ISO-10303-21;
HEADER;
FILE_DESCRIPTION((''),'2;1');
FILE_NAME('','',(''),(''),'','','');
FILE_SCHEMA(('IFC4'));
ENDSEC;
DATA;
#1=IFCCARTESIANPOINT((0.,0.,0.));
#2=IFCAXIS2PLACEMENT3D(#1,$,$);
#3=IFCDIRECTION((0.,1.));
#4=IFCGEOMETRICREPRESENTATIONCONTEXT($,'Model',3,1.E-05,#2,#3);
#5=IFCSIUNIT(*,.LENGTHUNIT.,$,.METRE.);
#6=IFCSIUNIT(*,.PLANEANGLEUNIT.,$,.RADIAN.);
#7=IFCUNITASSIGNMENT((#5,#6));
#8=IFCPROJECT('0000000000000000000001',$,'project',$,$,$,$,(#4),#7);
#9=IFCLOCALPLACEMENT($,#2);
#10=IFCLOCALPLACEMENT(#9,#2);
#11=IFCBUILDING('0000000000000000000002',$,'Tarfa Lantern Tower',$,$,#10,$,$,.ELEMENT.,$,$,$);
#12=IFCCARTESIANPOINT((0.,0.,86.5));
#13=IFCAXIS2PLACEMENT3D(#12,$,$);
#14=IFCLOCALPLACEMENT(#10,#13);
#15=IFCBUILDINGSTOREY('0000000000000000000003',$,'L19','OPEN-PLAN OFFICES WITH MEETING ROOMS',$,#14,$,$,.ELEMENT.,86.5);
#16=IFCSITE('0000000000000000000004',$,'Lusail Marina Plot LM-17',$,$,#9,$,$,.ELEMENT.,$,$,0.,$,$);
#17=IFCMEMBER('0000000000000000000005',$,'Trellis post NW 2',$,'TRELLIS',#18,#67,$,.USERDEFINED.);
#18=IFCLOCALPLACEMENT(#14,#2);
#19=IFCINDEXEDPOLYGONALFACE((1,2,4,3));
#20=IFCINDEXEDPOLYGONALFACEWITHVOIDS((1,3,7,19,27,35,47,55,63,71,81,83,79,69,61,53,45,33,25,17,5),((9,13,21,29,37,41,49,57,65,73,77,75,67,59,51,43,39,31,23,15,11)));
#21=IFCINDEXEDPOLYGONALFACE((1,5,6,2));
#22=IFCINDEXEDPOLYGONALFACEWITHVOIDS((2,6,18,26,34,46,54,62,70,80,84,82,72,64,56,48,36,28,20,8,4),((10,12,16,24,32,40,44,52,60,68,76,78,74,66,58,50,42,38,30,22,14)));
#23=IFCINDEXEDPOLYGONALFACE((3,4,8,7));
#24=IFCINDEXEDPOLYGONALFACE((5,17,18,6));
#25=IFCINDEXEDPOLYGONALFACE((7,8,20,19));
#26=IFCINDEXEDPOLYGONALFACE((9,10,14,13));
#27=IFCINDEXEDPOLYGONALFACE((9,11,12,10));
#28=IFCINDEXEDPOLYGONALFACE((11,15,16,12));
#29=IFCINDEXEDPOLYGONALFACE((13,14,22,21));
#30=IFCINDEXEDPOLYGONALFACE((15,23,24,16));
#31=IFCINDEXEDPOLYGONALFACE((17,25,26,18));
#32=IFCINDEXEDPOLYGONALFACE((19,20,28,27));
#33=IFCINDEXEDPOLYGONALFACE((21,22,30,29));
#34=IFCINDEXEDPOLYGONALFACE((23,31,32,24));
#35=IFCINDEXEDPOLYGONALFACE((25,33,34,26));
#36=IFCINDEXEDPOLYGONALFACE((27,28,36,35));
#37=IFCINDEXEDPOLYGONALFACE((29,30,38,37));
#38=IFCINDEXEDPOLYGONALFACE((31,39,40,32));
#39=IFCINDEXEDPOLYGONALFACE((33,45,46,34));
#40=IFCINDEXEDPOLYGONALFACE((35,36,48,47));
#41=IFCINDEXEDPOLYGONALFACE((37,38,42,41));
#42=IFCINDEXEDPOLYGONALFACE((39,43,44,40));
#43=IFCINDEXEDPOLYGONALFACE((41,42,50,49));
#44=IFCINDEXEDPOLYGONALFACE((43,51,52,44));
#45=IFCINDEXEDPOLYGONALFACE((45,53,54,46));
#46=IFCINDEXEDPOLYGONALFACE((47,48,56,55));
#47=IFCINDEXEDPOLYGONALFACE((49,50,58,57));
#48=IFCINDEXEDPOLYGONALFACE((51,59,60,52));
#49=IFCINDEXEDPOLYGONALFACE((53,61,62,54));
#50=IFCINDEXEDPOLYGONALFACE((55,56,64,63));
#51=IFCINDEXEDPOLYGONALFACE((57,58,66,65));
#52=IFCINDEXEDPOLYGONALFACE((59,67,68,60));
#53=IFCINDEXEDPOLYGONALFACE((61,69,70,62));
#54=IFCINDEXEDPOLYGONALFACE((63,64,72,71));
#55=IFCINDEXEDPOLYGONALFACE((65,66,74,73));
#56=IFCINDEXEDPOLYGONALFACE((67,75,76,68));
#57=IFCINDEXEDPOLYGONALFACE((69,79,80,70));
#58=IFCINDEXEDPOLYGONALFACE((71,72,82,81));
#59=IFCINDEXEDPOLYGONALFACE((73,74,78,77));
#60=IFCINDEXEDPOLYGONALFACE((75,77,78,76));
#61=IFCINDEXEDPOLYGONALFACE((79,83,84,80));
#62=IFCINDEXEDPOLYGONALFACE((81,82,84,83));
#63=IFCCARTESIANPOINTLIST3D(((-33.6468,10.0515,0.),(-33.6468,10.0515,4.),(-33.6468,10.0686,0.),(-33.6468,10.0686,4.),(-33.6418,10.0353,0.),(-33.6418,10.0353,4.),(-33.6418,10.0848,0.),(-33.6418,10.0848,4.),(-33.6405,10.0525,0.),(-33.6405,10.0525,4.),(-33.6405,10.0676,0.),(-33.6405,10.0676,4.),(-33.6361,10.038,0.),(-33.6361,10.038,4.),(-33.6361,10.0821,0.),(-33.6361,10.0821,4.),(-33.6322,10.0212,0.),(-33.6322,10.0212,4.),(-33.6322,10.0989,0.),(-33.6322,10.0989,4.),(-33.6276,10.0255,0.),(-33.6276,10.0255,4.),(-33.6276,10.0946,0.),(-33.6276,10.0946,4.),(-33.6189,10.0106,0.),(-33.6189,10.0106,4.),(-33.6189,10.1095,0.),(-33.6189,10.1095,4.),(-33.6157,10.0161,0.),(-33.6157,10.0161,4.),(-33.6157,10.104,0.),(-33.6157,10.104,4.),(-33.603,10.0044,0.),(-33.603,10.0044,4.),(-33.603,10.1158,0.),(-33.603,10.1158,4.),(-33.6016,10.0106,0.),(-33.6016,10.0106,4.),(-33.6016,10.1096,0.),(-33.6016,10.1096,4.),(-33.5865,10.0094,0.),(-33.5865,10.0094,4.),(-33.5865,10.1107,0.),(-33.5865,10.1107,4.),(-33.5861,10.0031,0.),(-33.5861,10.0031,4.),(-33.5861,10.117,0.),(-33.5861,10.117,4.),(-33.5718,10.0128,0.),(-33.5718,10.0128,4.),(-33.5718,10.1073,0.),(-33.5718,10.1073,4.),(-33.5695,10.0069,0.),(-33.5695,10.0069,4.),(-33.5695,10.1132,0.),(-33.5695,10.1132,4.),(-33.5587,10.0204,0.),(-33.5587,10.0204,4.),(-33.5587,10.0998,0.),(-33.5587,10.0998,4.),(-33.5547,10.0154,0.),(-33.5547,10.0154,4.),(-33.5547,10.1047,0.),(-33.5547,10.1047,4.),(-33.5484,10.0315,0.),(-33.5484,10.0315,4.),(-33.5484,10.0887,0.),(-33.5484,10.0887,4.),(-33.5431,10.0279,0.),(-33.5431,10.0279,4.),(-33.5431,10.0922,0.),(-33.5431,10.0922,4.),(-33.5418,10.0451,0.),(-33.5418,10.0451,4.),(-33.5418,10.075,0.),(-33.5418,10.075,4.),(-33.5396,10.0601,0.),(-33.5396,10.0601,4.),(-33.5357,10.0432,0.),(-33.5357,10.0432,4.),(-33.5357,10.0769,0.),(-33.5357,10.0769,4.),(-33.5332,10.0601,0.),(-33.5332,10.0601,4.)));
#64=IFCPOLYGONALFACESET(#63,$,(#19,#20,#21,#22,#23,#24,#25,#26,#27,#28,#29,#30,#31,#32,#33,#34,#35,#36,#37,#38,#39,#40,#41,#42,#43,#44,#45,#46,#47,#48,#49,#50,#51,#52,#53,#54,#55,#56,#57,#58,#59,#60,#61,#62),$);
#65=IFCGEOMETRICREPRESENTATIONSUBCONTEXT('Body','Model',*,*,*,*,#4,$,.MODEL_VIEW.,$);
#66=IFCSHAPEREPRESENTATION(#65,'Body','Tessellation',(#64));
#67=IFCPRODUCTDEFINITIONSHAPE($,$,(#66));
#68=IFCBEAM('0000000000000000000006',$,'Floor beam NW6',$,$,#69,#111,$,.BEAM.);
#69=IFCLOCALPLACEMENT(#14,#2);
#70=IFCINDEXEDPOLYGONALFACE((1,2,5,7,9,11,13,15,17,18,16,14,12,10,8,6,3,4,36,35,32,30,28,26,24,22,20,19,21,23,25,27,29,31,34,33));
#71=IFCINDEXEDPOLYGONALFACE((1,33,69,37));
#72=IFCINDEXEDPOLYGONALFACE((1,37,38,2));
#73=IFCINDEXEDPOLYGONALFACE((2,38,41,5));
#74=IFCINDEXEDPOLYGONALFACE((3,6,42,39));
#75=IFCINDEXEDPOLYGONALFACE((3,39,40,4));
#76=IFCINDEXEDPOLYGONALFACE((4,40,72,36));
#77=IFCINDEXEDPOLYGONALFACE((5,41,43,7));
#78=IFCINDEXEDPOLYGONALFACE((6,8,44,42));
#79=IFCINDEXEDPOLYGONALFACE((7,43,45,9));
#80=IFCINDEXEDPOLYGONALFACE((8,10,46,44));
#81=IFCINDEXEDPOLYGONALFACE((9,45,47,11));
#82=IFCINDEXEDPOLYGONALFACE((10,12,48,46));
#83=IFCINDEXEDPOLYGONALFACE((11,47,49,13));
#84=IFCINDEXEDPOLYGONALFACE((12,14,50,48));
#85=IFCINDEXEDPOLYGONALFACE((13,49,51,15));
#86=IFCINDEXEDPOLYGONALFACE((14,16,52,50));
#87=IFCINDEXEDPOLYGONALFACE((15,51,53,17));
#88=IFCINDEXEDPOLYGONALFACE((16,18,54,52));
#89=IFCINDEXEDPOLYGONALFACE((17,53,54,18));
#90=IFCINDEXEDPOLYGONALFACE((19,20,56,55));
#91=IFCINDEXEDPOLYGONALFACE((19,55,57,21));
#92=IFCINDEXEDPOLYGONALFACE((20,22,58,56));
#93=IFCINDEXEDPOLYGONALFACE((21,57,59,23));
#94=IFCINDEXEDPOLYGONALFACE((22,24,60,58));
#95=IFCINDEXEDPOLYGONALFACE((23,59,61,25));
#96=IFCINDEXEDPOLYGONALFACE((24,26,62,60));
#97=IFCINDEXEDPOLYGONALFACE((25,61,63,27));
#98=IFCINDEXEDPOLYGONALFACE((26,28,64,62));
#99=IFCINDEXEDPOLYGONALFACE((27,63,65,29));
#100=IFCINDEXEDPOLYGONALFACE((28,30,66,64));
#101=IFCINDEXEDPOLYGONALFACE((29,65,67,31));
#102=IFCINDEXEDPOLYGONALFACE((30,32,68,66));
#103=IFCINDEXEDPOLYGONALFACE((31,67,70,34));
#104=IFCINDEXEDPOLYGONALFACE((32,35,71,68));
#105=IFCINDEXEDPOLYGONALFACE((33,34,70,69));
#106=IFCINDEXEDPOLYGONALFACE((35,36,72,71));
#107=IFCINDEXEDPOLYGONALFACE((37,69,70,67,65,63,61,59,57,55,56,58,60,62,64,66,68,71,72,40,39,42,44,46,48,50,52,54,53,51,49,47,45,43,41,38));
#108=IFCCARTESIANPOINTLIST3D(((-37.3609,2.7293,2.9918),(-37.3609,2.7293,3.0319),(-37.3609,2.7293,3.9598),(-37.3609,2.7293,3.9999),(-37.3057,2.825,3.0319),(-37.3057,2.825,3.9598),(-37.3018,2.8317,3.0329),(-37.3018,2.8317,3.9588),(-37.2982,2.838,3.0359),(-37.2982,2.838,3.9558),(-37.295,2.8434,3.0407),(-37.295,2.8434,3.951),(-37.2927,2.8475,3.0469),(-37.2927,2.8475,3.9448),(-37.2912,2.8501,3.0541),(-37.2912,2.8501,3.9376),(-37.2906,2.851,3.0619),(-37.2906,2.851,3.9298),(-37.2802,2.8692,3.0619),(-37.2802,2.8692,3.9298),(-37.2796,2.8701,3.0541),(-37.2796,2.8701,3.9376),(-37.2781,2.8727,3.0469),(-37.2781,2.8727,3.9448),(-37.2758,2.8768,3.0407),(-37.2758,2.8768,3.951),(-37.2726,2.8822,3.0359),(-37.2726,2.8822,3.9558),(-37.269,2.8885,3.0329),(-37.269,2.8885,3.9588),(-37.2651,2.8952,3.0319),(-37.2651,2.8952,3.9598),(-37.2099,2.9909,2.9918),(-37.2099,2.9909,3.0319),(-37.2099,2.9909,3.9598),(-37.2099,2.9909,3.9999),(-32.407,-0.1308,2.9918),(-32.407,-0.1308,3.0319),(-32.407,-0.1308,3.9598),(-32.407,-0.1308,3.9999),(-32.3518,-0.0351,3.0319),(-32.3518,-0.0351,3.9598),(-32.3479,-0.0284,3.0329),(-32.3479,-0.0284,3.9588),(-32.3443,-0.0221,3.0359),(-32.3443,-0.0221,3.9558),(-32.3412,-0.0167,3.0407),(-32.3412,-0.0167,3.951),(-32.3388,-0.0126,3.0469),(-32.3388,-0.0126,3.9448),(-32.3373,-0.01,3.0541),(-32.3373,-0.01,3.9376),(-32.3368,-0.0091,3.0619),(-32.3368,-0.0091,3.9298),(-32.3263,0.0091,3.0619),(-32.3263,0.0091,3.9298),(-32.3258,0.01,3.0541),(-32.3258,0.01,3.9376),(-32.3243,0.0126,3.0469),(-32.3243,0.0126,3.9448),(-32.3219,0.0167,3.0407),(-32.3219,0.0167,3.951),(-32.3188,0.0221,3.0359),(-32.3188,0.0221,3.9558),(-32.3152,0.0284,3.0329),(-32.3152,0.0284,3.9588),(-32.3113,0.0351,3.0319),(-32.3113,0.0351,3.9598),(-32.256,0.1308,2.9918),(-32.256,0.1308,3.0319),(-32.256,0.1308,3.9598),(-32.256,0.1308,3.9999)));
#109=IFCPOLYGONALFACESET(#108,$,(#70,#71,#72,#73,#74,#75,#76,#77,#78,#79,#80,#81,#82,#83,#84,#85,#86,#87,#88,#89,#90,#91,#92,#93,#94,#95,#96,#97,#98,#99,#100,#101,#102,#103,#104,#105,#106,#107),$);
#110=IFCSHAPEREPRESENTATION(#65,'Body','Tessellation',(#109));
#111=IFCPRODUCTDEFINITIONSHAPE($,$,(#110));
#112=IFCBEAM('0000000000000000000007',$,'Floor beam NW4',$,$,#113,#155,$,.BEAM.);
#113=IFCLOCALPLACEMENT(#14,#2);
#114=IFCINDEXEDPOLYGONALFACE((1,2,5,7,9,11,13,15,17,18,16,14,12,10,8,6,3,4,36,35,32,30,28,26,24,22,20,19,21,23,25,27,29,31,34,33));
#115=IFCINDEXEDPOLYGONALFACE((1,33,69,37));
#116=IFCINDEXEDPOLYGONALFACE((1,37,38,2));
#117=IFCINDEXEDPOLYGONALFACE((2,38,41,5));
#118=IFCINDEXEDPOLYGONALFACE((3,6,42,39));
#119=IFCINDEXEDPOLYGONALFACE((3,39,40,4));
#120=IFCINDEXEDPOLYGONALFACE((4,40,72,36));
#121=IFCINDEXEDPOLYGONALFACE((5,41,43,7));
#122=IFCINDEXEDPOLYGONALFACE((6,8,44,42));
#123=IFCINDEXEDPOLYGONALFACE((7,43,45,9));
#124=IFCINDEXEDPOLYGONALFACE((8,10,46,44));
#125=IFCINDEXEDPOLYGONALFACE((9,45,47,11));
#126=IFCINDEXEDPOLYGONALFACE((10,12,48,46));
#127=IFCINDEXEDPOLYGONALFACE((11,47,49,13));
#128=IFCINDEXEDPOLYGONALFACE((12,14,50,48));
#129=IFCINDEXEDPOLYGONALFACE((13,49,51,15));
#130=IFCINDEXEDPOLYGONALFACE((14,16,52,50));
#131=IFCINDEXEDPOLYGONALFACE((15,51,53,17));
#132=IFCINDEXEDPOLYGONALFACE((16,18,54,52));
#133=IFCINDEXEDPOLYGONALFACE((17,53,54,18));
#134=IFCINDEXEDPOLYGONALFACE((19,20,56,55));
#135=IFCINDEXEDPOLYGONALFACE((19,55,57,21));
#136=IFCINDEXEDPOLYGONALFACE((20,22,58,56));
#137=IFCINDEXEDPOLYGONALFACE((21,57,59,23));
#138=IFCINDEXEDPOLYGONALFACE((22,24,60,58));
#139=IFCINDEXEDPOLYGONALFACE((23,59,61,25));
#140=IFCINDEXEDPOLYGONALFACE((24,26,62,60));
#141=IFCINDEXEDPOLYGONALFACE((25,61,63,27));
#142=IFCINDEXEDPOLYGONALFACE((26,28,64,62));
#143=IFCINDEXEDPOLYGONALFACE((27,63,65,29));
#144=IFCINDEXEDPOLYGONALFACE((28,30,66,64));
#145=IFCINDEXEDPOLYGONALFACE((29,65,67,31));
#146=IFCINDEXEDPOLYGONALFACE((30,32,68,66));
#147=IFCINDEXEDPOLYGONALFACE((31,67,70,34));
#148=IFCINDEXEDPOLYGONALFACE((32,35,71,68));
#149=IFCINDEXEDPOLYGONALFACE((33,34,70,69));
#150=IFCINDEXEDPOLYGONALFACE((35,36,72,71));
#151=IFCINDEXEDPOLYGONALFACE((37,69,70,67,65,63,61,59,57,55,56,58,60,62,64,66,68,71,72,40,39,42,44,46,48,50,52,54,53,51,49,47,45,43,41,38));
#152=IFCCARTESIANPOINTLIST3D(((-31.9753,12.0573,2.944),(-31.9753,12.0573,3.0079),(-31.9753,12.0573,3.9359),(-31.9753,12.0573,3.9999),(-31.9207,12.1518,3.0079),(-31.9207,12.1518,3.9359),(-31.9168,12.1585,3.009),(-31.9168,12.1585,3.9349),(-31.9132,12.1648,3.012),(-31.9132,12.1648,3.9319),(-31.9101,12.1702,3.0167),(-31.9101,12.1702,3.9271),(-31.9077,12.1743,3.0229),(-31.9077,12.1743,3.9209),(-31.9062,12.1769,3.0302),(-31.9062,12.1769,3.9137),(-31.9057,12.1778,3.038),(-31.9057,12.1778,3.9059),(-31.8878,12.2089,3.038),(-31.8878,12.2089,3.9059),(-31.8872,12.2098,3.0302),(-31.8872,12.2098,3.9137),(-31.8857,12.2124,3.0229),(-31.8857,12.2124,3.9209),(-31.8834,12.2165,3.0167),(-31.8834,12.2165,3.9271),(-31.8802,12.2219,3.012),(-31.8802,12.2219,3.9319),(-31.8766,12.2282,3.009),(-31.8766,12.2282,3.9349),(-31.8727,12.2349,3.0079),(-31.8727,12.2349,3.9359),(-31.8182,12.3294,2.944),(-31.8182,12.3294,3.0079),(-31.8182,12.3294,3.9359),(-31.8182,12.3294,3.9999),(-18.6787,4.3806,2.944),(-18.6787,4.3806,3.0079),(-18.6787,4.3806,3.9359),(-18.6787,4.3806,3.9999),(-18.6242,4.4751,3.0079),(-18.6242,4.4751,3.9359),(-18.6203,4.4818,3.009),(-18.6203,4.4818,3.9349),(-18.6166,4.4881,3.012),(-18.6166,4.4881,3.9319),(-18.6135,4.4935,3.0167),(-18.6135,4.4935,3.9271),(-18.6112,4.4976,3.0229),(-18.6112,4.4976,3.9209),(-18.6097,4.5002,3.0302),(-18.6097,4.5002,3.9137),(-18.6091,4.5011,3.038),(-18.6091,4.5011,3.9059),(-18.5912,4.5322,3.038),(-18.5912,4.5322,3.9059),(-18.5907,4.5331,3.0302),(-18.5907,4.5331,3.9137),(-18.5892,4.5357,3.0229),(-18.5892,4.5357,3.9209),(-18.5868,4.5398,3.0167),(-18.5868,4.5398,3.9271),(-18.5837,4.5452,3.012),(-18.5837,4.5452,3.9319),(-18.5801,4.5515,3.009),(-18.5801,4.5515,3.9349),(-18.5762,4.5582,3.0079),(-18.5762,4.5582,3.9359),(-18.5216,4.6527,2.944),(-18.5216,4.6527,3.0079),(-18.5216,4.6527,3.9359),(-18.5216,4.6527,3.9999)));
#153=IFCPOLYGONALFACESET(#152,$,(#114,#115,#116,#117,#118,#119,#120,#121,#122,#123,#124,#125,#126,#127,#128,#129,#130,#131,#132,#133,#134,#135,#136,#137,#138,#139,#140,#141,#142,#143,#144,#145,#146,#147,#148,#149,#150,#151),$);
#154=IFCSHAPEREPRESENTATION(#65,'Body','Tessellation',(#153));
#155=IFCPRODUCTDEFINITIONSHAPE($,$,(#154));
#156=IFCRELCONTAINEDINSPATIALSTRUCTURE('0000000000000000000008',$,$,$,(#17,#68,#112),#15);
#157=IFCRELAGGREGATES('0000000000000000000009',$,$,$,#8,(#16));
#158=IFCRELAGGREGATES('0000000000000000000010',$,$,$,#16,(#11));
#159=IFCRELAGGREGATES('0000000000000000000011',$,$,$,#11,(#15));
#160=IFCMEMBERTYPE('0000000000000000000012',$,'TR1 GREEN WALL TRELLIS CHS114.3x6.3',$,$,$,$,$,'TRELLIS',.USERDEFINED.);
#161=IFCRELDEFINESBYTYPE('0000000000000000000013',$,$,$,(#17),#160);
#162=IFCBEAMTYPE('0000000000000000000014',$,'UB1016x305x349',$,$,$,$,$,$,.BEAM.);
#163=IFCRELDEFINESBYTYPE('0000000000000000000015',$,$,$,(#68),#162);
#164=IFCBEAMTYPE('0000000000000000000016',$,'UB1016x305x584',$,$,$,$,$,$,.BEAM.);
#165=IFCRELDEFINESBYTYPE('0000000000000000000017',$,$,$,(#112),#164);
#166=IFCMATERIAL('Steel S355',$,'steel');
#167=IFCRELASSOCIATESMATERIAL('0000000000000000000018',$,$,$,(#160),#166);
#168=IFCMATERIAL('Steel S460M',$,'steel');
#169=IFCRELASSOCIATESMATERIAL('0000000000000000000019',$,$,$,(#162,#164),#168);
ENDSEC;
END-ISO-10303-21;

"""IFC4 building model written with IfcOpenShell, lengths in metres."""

from ifc_helpers import new_model, si_unit, direction, frame, origin, origin_2d, place, context, subcontext, project, spatial, hollow_circle, i_section, extrude, material, material_profile, profile_set, type_object, element, save


model = new_model("IFC4")

# Units and contexts
model_context = context("Model", 3, precision=1e-05, world=origin(), true_north=direction((0.0, 1.0)))
body_context = subcontext(model_context, "Body", "Model", "MODEL_VIEW")
ifc_project = project(units=[si_unit("LENGTHUNIT", "METRE"), si_unit("PLANEANGLEUNIT", "RADIAN")], contexts=[model_context])

# Site, building, storey
site_placement = place(None, origin())
site = spatial("IfcSite", under=ifc_project, at=site_placement, Name="Lusail Marina Plot LM-17", CompositionType="ELEMENT", RefElevation=0.0)
building_placement = place(site_placement, origin())
building = spatial("IfcBuilding", under=site, at=building_placement, Name="Tarfa Lantern Tower", CompositionType="ELEMENT")
storey_placement = place(building_placement, frame((0.0, 0.0, 86.5)))
storey = spatial("IfcBuildingStorey", under=building, at=storey_placement, Name="L19", Description="OPEN-PLAN OFFICES WITH MEETING ROOMS", CompositionType="ELEMENT", Elevation=86.5)

# Member
ifc_material_1 = material(Name="Steel S355", Category="steel")
ifc_material_profile_1 = material_profile(ifc_material_1, hollow_circle(Radius=0.0571, WallThickness=0.0063, at=origin_2d()), Name="CHS114.3x6.3")
ifc_profile_set_1 = profile_set([ifc_material_profile_1], Name="Steel S355")
member_type_1 = type_object("IfcMemberType", Name="TR1 GREEN WALL TRELLIS CHS114.3x6.3", ElementType="TRELLIS", PredefinedType="USERDEFINED", material=ifc_profile_set_1)
member_1_placement = place(storey_placement, frame((-33.5903, 10.0601, 0.0), z_axis=(0.0, 0.0, 1.0), x_axis=(1.0, 0.0, 0.0)))
element("IfcMember", 1, at=member_1_placement, inside=storey, type_object=member_type_1, Name="Trellis post NW 2", ObjectType="TRELLIS", PredefinedType="USERDEFINED", context=body_context, shape_type="SweptSolid", body=[
    extrude(hollow_circle(Radius=0.0571, WallThickness=0.0063, at=origin_2d()), origin(), (0.0, 0.0, 1.0), 4.0),
])

# Beams
ifc_material_2 = material(Name="Steel S460M", Category="steel")
ifc_material_profile_2 = material_profile(ifc_material_2, i_section(OverallWidth=0.302, OverallDepth=1.0081, WebThickness=0.021, FlangeThickness=0.04, FilletRadius=0.03, at=origin_2d()), Name="UB1016x305x349")
ifc_profile_set_2 = profile_set([ifc_material_profile_2], Name="Steel S460M")
beam_type_1 = type_object("IfcBeamType", Name="UB1016x305x349", PredefinedType="BEAM", material=ifc_profile_set_2)
beam_1_placement = place(storey_placement, frame((-37.2854, 2.8601, 3.4958), z_axis=(0.866026, -0.5, 0.0), x_axis=(0.5, 0.866026, 0.0)))
element("IfcBeam", 2, at=beam_1_placement, inside=storey, type_object=beam_type_1, Name="Floor beam NW6", PredefinedType="BEAM", context=body_context, shape_type="SweptSolid", body=[
    extrude(i_section(OverallWidth=0.302, OverallDepth=1.0081, WebThickness=0.021, FlangeThickness=0.04, FilletRadius=0.03, at=origin_2d()), origin(), (0.0, 0.0, 1.0), 5.7202),
])
ifc_material_profile_3 = material_profile(ifc_material_2, i_section(OverallWidth=0.3142, OverallDepth=1.0559, WebThickness=0.0359, FlangeThickness=0.064, FilletRadius=0.03, at=origin_2d()), Name="UB1016x305x584")
ifc_profile_set_3 = profile_set([ifc_material_profile_3], Name="Steel S460M")
beam_type_2 = type_object("IfcBeamType", Name="UB1016x305x584", PredefinedType="BEAM", material=ifc_profile_set_3)
beam_2_placement = place(storey_placement, frame((-31.8967, 12.1934, 3.4719), z_axis=(0.866027, -0.499997, 0.0), x_axis=(0.499997, 0.866027, 0.0)))
element("IfcBeam", 3, at=beam_2_placement, inside=storey, type_object=beam_type_2, Name="Floor beam NW4", PredefinedType="BEAM", context=body_context, shape_type="SweptSolid", body=[
    extrude(i_section(OverallWidth=0.3142, OverallDepth=1.0559, WebThickness=0.0359, FlangeThickness=0.064, FilletRadius=0.03, at=origin_2d()), origin(), (0.0, 0.0, 1.0), 15.3535),
])

save(model, "model.ifc")
